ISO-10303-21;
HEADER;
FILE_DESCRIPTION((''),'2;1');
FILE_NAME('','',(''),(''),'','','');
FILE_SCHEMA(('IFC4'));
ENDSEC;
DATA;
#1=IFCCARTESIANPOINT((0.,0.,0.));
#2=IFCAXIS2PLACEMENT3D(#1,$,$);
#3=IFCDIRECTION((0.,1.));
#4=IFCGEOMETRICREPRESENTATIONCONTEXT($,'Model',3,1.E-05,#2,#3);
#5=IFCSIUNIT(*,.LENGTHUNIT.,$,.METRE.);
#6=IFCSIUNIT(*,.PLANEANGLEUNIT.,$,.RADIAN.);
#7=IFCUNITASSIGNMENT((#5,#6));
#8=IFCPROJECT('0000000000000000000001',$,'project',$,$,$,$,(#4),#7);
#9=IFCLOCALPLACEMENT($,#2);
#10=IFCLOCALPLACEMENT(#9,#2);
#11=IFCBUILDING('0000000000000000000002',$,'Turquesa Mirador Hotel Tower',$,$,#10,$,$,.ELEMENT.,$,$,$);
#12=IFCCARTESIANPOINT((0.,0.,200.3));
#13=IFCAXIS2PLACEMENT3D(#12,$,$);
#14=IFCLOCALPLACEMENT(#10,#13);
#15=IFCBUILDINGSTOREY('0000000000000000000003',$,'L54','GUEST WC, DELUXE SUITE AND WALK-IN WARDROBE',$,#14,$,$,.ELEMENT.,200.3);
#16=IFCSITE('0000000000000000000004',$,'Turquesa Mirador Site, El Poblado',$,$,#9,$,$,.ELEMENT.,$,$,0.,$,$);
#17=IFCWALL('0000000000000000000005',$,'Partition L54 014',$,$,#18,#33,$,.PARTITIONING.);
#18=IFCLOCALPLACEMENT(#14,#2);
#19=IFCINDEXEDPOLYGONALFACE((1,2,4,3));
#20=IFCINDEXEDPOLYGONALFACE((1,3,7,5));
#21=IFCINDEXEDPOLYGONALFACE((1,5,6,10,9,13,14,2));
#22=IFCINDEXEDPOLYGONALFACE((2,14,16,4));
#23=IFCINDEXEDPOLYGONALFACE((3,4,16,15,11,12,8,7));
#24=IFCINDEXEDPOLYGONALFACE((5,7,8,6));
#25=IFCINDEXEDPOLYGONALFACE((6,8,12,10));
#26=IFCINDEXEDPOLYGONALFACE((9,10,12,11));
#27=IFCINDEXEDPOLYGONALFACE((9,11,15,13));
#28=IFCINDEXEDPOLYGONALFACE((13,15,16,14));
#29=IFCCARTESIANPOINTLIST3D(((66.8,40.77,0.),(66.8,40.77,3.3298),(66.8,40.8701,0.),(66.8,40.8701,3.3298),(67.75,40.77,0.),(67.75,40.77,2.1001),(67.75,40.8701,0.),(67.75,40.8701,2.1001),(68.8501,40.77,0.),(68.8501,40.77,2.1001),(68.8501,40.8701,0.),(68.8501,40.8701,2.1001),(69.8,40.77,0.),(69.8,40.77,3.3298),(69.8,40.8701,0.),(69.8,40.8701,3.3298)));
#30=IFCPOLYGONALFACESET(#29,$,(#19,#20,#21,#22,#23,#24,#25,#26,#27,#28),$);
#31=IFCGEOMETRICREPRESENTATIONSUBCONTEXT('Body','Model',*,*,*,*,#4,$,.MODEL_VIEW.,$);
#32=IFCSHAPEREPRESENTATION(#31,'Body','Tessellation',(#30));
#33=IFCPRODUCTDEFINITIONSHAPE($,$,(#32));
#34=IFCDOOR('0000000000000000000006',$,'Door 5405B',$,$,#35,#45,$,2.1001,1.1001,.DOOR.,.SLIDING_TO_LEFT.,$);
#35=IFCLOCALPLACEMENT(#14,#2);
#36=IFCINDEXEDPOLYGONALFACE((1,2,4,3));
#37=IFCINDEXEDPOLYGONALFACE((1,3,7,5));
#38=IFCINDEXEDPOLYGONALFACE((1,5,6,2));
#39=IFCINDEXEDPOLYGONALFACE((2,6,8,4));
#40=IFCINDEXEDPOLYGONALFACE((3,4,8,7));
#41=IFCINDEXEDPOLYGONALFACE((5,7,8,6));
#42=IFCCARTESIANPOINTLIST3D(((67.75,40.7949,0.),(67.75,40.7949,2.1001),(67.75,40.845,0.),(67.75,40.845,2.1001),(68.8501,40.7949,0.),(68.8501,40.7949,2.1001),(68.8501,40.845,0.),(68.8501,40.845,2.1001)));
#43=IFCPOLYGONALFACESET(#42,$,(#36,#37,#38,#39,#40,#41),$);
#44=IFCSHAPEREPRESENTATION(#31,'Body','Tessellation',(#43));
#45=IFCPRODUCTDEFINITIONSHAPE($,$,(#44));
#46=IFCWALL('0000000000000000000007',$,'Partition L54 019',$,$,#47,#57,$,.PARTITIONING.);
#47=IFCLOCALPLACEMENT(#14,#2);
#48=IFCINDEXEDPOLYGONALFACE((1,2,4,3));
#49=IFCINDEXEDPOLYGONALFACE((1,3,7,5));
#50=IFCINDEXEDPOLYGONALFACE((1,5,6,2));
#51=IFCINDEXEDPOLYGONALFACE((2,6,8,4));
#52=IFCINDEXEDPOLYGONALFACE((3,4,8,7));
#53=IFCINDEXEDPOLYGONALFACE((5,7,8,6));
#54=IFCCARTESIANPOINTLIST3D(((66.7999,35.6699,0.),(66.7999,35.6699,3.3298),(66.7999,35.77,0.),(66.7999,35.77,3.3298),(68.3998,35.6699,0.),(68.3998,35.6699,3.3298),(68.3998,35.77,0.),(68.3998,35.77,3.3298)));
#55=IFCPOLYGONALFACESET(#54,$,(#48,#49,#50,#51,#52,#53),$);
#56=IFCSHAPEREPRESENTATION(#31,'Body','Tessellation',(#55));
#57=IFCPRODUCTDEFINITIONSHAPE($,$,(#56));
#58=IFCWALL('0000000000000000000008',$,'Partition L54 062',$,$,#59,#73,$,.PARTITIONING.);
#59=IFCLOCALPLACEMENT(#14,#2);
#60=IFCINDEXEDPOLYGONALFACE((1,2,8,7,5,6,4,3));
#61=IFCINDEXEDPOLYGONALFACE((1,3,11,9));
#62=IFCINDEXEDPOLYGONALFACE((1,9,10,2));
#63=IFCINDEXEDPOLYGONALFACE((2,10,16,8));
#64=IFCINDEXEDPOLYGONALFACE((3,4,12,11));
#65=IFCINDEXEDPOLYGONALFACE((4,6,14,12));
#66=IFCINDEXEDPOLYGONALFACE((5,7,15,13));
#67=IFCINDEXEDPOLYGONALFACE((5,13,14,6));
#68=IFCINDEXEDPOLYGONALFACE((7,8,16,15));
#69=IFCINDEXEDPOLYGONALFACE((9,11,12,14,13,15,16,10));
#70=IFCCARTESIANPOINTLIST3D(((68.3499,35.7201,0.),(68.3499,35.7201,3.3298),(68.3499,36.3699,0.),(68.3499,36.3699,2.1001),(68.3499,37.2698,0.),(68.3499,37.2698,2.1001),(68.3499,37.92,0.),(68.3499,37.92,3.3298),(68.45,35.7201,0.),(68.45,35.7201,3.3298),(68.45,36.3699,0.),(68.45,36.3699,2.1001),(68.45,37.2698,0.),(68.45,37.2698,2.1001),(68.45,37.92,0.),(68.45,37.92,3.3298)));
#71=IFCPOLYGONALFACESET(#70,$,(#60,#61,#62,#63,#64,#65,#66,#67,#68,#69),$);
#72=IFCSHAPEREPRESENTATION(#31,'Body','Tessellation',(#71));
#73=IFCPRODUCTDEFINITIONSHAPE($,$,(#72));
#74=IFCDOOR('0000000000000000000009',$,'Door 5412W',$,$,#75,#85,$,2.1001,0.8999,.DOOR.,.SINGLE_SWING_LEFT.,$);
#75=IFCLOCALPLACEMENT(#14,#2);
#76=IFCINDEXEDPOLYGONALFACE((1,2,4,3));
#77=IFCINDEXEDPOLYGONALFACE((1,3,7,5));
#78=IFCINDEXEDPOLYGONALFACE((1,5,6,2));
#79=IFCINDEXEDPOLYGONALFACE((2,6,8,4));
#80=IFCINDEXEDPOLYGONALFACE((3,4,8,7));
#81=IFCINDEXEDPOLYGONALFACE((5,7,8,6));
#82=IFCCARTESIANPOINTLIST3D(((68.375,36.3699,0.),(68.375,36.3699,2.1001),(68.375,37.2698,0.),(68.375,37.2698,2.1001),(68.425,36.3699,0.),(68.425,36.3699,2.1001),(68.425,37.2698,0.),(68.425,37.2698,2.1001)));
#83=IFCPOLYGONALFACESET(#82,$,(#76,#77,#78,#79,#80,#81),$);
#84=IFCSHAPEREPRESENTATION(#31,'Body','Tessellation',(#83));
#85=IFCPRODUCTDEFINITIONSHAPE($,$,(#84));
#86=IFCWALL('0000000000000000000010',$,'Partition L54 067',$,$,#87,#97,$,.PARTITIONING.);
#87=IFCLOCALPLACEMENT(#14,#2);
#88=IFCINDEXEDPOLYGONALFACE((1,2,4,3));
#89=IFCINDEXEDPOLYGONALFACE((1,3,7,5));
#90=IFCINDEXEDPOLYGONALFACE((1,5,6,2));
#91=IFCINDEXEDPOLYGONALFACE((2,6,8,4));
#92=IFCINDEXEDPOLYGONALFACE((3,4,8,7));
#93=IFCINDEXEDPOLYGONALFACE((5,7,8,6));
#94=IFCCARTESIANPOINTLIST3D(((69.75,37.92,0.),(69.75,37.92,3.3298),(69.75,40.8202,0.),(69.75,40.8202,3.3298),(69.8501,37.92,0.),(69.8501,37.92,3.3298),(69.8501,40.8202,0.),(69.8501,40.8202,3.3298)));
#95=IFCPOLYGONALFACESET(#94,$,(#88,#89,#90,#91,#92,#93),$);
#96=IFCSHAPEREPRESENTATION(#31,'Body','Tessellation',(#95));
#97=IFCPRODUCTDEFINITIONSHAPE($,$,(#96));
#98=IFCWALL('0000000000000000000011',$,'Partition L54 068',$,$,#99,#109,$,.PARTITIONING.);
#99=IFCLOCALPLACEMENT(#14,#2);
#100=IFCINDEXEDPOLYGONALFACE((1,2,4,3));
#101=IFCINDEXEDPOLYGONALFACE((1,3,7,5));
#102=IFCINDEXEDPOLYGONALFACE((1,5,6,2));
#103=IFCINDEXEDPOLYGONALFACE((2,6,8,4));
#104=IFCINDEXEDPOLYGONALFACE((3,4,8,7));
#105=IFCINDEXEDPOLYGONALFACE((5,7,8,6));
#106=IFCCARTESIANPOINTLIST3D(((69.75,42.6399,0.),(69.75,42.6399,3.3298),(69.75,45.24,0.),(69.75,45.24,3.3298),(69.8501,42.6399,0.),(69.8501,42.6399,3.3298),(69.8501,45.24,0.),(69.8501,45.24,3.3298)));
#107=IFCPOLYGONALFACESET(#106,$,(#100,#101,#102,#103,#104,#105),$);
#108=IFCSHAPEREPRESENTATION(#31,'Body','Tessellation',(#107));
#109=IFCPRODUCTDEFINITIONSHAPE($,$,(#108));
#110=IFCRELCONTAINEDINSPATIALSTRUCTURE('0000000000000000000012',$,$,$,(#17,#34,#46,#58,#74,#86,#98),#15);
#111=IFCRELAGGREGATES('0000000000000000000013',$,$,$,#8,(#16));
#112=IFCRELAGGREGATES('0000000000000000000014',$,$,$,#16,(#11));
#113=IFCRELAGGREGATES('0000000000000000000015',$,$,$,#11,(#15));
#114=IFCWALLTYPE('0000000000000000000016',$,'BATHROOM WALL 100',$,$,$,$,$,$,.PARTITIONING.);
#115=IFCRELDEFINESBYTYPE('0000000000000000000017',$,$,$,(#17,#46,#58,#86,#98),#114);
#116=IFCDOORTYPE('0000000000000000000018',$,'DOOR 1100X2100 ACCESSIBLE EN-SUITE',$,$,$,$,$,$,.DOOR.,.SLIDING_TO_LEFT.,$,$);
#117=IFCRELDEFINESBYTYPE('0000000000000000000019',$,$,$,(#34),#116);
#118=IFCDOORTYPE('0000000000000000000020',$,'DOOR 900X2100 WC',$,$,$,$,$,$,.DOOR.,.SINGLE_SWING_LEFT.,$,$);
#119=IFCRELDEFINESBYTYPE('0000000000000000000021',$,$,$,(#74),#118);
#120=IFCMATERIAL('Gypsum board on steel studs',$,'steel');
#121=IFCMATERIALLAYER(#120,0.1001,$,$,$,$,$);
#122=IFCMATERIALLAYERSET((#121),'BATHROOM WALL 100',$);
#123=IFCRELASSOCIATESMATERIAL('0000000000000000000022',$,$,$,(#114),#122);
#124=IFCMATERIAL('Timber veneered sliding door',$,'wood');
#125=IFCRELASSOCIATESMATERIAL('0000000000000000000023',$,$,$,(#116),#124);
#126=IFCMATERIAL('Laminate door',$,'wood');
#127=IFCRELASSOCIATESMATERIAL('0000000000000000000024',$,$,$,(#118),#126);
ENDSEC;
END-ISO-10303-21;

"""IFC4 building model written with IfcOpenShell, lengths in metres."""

from ifc_helpers import new_model, si_unit, direction, frame, frame_2d, origin, place, context, subcontext, project, spatial, rectangle, extrude, material, layer, layer_set, type_object, element, fill, save


model = new_model("IFC4")

# Units and contexts
model_context = context("Model", 3, precision=1e-05, world=origin(), true_north=direction((0.0, 1.0)))
body_context = subcontext(model_context, "Body", "Model", "MODEL_VIEW")
ifc_project = project(units=[si_unit("LENGTHUNIT", "METRE"), si_unit("PLANEANGLEUNIT", "RADIAN")], contexts=[model_context])

# Site, building, storey
site_placement = place(None, origin())
site = spatial("IfcSite", under=ifc_project, at=site_placement, Name="Turquesa Mirador Site, El Poblado", CompositionType="ELEMENT", RefElevation=0.0)
building_placement = place(site_placement, origin())
building = spatial("IfcBuilding", under=site, at=building_placement, Name="Turquesa Mirador Hotel Tower", CompositionType="ELEMENT")
storey_placement = place(building_placement, frame((0.0, 0.0, 200.3)))
storey = spatial("IfcBuildingStorey", under=building, at=storey_placement, Name="L54", Description="GUEST WC, DELUXE SUITE AND WALK-IN WARDROBE", CompositionType="ELEMENT", Elevation=200.3)

# Wall, opening, door
ifc_material_1 = material(Name="Gypsum board on steel studs", Category="steel")
ifc_layer_1 = layer(ifc_material_1, 0.1001)
ifc_layer_set_1 = layer_set([ifc_layer_1], Name="BATHROOM WALL 100")
wall_type_1 = type_object("IfcWallType", Name="BATHROOM WALL 100", PredefinedType="PARTITIONING", material=ifc_layer_set_1)
wall_1_placement = place(storey_placement, frame((66.8, 40.8201, 0.0), z_axis=(0.0, 0.0, 1.0), x_axis=(1.0, 0.0, 0.0)))
wall_1 = element("IfcWall", 1, at=wall_1_placement, inside=storey, type_object=wall_type_1, Name="Partition L54 014", PredefinedType="PARTITIONING", context=body_context, shape_type="SweptSolid", body=[
    extrude(rectangle(XDim=3.0, YDim=0.1001, at=frame_2d((1.5, 0.0))), origin(), (0.0, 0.0, 1.0), 3.3298),
])
opening_1_placement = place(wall_1_placement, frame((0.95, 0.0, 0.0)))
opening_1 = element("IfcOpeningElement", 2, at=opening_1_placement, cuts=wall_1, PredefinedType="OPENING", context=body_context, shape_type="SweptSolid", body=[
    extrude(rectangle(XDim=1.1001, YDim=2.1001, at=frame_2d((0.55, 1.05))), frame((0.0, 0.0601, 0.0), z_axis=(0.0, -1.0, 0.0), x_axis=(1.0, 0.0, 0.0)), (0.0, 0.0, 1.0), 0.1201),
])
ifc_material_2 = material(Name="Timber veneered sliding door", Category="wood")
door_type_1 = type_object("IfcDoorType", Name="DOOR 1100X2100 ACCESSIBLE EN-SUITE", OperationType="SLIDING_TO_LEFT", PredefinedType="DOOR", material=ifc_material_2)
door_1_placement = place(opening_1_placement, origin())
door_1 = element("IfcDoor", 3, at=door_1_placement, inside=storey, type_object=door_type_1, Name="Door 5405B", OperationType="SLIDING_TO_LEFT", OverallHeight=2.1001, OverallWidth=1.1001, PredefinedType="DOOR", context=body_context, shape_type="SweptSolid", body=[
    extrude(rectangle(XDim=1.1001, YDim=2.1001, at=frame_2d((0.55, 1.05))), frame((0.0, 0.0249, 0.0), z_axis=(0.0, -1.0, 0.0), x_axis=(1.0, 0.0, 0.0)), (0.0, 0.0, 1.0), 0.05),
])
fill(opening_1, door_1)

# Wall
wall_2_placement = place(storey_placement, frame((66.8, 35.72, 0.0), z_axis=(0.0, 0.0, 1.0), x_axis=(1.0, 0.0, 0.0)))
element("IfcWall", 4, at=wall_2_placement, inside=storey, type_object=wall_type_1, Name="Partition L54 019", PredefinedType="PARTITIONING", context=body_context, shape_type="SweptSolid", body=[
    extrude(rectangle(XDim=1.5999, YDim=0.1001, at=frame_2d((0.7998, 0.0))), origin(), (0.0, 0.0, 1.0), 3.3298),
])

# Wall, opening, door
wall_3_placement = place(storey_placement, frame((68.3999, 35.72, 0.0), z_axis=(0.0, 0.0, 1.0), x_axis=(0.0, 1.0, 0.0)))
wall_3 = element("IfcWall", 5, at=wall_3_placement, inside=storey, type_object=wall_type_1, Name="Partition L54 062", PredefinedType="PARTITIONING", context=body_context, shape_type="SweptSolid", body=[
    extrude(rectangle(XDim=2.2, YDim=0.1001, at=frame_2d((1.1001, 0.0))), origin(), (0.0, 0.0, 1.0), 3.3298),
])
opening_2_placement = place(wall_3_placement, frame((0.6499, 0.0, 0.0)))
opening_2 = element("IfcOpeningElement", 6, at=opening_2_placement, cuts=wall_3, PredefinedType="OPENING", context=body_context, shape_type="SweptSolid", body=[
    extrude(rectangle(XDim=0.8999, YDim=2.1001, at=frame_2d((0.45, 1.05))), frame((0.0, 0.0601, 0.0), z_axis=(0.0, -1.0, 0.0), x_axis=(1.0, 0.0, 0.0)), (0.0, 0.0, 1.0), 0.1201),
])
ifc_material_3 = material(Name="Laminate door", Category="wood")
door_type_2 = type_object("IfcDoorType", Name="DOOR 900X2100 WC", OperationType="SINGLE_SWING_LEFT", PredefinedType="DOOR", material=ifc_material_3)
door_2_placement = place(opening_2_placement, origin())
door_2 = element("IfcDoor", 7, at=door_2_placement, inside=storey, type_object=door_type_2, Name="Door 5412W", OperationType="SINGLE_SWING_LEFT", OverallHeight=2.1001, OverallWidth=0.8999, PredefinedType="DOOR", context=body_context, shape_type="SweptSolid", body=[
    extrude(rectangle(XDim=0.8999, YDim=2.1001, at=frame_2d((0.45, 1.05))), frame((0.0, 0.0249, 0.0), z_axis=(0.0, -1.0, 0.0), x_axis=(1.0, 0.0, 0.0)), (0.0, 0.0, 1.0), 0.05),
])
fill(opening_2, door_2)

# Walls
wall_4_placement = place(storey_placement, frame((69.8, 37.9199, 0.0), z_axis=(0.0, 0.0, 1.0), x_axis=(0.0, 1.0, 0.0)))
element("IfcWall", 8, at=wall_4_placement, inside=storey, type_object=wall_type_1, Name="Partition L54 067", PredefinedType="PARTITIONING", context=body_context, shape_type="SweptSolid", body=[
    extrude(rectangle(XDim=2.9001, YDim=0.1001, at=frame_2d((1.4502, 0.0))), origin(), (0.0, 0.0, 1.0), 3.3298),
])
wall_5_placement = place(storey_placement, frame((69.8, 42.6399, 0.0), z_axis=(0.0, 0.0, 1.0), x_axis=(0.0, 1.0, 0.0)))
element("IfcWall", 9, at=wall_5_placement, inside=storey, type_object=wall_type_1, Name="Partition L54 068", PredefinedType="PARTITIONING", context=body_context, shape_type="SweptSolid", body=[
    extrude(rectangle(XDim=2.6001, YDim=0.1001, at=frame_2d((1.3, 0.0))), origin(), (0.0, 0.0, 1.0), 3.3298),
])

save(model, "model.ifc")
